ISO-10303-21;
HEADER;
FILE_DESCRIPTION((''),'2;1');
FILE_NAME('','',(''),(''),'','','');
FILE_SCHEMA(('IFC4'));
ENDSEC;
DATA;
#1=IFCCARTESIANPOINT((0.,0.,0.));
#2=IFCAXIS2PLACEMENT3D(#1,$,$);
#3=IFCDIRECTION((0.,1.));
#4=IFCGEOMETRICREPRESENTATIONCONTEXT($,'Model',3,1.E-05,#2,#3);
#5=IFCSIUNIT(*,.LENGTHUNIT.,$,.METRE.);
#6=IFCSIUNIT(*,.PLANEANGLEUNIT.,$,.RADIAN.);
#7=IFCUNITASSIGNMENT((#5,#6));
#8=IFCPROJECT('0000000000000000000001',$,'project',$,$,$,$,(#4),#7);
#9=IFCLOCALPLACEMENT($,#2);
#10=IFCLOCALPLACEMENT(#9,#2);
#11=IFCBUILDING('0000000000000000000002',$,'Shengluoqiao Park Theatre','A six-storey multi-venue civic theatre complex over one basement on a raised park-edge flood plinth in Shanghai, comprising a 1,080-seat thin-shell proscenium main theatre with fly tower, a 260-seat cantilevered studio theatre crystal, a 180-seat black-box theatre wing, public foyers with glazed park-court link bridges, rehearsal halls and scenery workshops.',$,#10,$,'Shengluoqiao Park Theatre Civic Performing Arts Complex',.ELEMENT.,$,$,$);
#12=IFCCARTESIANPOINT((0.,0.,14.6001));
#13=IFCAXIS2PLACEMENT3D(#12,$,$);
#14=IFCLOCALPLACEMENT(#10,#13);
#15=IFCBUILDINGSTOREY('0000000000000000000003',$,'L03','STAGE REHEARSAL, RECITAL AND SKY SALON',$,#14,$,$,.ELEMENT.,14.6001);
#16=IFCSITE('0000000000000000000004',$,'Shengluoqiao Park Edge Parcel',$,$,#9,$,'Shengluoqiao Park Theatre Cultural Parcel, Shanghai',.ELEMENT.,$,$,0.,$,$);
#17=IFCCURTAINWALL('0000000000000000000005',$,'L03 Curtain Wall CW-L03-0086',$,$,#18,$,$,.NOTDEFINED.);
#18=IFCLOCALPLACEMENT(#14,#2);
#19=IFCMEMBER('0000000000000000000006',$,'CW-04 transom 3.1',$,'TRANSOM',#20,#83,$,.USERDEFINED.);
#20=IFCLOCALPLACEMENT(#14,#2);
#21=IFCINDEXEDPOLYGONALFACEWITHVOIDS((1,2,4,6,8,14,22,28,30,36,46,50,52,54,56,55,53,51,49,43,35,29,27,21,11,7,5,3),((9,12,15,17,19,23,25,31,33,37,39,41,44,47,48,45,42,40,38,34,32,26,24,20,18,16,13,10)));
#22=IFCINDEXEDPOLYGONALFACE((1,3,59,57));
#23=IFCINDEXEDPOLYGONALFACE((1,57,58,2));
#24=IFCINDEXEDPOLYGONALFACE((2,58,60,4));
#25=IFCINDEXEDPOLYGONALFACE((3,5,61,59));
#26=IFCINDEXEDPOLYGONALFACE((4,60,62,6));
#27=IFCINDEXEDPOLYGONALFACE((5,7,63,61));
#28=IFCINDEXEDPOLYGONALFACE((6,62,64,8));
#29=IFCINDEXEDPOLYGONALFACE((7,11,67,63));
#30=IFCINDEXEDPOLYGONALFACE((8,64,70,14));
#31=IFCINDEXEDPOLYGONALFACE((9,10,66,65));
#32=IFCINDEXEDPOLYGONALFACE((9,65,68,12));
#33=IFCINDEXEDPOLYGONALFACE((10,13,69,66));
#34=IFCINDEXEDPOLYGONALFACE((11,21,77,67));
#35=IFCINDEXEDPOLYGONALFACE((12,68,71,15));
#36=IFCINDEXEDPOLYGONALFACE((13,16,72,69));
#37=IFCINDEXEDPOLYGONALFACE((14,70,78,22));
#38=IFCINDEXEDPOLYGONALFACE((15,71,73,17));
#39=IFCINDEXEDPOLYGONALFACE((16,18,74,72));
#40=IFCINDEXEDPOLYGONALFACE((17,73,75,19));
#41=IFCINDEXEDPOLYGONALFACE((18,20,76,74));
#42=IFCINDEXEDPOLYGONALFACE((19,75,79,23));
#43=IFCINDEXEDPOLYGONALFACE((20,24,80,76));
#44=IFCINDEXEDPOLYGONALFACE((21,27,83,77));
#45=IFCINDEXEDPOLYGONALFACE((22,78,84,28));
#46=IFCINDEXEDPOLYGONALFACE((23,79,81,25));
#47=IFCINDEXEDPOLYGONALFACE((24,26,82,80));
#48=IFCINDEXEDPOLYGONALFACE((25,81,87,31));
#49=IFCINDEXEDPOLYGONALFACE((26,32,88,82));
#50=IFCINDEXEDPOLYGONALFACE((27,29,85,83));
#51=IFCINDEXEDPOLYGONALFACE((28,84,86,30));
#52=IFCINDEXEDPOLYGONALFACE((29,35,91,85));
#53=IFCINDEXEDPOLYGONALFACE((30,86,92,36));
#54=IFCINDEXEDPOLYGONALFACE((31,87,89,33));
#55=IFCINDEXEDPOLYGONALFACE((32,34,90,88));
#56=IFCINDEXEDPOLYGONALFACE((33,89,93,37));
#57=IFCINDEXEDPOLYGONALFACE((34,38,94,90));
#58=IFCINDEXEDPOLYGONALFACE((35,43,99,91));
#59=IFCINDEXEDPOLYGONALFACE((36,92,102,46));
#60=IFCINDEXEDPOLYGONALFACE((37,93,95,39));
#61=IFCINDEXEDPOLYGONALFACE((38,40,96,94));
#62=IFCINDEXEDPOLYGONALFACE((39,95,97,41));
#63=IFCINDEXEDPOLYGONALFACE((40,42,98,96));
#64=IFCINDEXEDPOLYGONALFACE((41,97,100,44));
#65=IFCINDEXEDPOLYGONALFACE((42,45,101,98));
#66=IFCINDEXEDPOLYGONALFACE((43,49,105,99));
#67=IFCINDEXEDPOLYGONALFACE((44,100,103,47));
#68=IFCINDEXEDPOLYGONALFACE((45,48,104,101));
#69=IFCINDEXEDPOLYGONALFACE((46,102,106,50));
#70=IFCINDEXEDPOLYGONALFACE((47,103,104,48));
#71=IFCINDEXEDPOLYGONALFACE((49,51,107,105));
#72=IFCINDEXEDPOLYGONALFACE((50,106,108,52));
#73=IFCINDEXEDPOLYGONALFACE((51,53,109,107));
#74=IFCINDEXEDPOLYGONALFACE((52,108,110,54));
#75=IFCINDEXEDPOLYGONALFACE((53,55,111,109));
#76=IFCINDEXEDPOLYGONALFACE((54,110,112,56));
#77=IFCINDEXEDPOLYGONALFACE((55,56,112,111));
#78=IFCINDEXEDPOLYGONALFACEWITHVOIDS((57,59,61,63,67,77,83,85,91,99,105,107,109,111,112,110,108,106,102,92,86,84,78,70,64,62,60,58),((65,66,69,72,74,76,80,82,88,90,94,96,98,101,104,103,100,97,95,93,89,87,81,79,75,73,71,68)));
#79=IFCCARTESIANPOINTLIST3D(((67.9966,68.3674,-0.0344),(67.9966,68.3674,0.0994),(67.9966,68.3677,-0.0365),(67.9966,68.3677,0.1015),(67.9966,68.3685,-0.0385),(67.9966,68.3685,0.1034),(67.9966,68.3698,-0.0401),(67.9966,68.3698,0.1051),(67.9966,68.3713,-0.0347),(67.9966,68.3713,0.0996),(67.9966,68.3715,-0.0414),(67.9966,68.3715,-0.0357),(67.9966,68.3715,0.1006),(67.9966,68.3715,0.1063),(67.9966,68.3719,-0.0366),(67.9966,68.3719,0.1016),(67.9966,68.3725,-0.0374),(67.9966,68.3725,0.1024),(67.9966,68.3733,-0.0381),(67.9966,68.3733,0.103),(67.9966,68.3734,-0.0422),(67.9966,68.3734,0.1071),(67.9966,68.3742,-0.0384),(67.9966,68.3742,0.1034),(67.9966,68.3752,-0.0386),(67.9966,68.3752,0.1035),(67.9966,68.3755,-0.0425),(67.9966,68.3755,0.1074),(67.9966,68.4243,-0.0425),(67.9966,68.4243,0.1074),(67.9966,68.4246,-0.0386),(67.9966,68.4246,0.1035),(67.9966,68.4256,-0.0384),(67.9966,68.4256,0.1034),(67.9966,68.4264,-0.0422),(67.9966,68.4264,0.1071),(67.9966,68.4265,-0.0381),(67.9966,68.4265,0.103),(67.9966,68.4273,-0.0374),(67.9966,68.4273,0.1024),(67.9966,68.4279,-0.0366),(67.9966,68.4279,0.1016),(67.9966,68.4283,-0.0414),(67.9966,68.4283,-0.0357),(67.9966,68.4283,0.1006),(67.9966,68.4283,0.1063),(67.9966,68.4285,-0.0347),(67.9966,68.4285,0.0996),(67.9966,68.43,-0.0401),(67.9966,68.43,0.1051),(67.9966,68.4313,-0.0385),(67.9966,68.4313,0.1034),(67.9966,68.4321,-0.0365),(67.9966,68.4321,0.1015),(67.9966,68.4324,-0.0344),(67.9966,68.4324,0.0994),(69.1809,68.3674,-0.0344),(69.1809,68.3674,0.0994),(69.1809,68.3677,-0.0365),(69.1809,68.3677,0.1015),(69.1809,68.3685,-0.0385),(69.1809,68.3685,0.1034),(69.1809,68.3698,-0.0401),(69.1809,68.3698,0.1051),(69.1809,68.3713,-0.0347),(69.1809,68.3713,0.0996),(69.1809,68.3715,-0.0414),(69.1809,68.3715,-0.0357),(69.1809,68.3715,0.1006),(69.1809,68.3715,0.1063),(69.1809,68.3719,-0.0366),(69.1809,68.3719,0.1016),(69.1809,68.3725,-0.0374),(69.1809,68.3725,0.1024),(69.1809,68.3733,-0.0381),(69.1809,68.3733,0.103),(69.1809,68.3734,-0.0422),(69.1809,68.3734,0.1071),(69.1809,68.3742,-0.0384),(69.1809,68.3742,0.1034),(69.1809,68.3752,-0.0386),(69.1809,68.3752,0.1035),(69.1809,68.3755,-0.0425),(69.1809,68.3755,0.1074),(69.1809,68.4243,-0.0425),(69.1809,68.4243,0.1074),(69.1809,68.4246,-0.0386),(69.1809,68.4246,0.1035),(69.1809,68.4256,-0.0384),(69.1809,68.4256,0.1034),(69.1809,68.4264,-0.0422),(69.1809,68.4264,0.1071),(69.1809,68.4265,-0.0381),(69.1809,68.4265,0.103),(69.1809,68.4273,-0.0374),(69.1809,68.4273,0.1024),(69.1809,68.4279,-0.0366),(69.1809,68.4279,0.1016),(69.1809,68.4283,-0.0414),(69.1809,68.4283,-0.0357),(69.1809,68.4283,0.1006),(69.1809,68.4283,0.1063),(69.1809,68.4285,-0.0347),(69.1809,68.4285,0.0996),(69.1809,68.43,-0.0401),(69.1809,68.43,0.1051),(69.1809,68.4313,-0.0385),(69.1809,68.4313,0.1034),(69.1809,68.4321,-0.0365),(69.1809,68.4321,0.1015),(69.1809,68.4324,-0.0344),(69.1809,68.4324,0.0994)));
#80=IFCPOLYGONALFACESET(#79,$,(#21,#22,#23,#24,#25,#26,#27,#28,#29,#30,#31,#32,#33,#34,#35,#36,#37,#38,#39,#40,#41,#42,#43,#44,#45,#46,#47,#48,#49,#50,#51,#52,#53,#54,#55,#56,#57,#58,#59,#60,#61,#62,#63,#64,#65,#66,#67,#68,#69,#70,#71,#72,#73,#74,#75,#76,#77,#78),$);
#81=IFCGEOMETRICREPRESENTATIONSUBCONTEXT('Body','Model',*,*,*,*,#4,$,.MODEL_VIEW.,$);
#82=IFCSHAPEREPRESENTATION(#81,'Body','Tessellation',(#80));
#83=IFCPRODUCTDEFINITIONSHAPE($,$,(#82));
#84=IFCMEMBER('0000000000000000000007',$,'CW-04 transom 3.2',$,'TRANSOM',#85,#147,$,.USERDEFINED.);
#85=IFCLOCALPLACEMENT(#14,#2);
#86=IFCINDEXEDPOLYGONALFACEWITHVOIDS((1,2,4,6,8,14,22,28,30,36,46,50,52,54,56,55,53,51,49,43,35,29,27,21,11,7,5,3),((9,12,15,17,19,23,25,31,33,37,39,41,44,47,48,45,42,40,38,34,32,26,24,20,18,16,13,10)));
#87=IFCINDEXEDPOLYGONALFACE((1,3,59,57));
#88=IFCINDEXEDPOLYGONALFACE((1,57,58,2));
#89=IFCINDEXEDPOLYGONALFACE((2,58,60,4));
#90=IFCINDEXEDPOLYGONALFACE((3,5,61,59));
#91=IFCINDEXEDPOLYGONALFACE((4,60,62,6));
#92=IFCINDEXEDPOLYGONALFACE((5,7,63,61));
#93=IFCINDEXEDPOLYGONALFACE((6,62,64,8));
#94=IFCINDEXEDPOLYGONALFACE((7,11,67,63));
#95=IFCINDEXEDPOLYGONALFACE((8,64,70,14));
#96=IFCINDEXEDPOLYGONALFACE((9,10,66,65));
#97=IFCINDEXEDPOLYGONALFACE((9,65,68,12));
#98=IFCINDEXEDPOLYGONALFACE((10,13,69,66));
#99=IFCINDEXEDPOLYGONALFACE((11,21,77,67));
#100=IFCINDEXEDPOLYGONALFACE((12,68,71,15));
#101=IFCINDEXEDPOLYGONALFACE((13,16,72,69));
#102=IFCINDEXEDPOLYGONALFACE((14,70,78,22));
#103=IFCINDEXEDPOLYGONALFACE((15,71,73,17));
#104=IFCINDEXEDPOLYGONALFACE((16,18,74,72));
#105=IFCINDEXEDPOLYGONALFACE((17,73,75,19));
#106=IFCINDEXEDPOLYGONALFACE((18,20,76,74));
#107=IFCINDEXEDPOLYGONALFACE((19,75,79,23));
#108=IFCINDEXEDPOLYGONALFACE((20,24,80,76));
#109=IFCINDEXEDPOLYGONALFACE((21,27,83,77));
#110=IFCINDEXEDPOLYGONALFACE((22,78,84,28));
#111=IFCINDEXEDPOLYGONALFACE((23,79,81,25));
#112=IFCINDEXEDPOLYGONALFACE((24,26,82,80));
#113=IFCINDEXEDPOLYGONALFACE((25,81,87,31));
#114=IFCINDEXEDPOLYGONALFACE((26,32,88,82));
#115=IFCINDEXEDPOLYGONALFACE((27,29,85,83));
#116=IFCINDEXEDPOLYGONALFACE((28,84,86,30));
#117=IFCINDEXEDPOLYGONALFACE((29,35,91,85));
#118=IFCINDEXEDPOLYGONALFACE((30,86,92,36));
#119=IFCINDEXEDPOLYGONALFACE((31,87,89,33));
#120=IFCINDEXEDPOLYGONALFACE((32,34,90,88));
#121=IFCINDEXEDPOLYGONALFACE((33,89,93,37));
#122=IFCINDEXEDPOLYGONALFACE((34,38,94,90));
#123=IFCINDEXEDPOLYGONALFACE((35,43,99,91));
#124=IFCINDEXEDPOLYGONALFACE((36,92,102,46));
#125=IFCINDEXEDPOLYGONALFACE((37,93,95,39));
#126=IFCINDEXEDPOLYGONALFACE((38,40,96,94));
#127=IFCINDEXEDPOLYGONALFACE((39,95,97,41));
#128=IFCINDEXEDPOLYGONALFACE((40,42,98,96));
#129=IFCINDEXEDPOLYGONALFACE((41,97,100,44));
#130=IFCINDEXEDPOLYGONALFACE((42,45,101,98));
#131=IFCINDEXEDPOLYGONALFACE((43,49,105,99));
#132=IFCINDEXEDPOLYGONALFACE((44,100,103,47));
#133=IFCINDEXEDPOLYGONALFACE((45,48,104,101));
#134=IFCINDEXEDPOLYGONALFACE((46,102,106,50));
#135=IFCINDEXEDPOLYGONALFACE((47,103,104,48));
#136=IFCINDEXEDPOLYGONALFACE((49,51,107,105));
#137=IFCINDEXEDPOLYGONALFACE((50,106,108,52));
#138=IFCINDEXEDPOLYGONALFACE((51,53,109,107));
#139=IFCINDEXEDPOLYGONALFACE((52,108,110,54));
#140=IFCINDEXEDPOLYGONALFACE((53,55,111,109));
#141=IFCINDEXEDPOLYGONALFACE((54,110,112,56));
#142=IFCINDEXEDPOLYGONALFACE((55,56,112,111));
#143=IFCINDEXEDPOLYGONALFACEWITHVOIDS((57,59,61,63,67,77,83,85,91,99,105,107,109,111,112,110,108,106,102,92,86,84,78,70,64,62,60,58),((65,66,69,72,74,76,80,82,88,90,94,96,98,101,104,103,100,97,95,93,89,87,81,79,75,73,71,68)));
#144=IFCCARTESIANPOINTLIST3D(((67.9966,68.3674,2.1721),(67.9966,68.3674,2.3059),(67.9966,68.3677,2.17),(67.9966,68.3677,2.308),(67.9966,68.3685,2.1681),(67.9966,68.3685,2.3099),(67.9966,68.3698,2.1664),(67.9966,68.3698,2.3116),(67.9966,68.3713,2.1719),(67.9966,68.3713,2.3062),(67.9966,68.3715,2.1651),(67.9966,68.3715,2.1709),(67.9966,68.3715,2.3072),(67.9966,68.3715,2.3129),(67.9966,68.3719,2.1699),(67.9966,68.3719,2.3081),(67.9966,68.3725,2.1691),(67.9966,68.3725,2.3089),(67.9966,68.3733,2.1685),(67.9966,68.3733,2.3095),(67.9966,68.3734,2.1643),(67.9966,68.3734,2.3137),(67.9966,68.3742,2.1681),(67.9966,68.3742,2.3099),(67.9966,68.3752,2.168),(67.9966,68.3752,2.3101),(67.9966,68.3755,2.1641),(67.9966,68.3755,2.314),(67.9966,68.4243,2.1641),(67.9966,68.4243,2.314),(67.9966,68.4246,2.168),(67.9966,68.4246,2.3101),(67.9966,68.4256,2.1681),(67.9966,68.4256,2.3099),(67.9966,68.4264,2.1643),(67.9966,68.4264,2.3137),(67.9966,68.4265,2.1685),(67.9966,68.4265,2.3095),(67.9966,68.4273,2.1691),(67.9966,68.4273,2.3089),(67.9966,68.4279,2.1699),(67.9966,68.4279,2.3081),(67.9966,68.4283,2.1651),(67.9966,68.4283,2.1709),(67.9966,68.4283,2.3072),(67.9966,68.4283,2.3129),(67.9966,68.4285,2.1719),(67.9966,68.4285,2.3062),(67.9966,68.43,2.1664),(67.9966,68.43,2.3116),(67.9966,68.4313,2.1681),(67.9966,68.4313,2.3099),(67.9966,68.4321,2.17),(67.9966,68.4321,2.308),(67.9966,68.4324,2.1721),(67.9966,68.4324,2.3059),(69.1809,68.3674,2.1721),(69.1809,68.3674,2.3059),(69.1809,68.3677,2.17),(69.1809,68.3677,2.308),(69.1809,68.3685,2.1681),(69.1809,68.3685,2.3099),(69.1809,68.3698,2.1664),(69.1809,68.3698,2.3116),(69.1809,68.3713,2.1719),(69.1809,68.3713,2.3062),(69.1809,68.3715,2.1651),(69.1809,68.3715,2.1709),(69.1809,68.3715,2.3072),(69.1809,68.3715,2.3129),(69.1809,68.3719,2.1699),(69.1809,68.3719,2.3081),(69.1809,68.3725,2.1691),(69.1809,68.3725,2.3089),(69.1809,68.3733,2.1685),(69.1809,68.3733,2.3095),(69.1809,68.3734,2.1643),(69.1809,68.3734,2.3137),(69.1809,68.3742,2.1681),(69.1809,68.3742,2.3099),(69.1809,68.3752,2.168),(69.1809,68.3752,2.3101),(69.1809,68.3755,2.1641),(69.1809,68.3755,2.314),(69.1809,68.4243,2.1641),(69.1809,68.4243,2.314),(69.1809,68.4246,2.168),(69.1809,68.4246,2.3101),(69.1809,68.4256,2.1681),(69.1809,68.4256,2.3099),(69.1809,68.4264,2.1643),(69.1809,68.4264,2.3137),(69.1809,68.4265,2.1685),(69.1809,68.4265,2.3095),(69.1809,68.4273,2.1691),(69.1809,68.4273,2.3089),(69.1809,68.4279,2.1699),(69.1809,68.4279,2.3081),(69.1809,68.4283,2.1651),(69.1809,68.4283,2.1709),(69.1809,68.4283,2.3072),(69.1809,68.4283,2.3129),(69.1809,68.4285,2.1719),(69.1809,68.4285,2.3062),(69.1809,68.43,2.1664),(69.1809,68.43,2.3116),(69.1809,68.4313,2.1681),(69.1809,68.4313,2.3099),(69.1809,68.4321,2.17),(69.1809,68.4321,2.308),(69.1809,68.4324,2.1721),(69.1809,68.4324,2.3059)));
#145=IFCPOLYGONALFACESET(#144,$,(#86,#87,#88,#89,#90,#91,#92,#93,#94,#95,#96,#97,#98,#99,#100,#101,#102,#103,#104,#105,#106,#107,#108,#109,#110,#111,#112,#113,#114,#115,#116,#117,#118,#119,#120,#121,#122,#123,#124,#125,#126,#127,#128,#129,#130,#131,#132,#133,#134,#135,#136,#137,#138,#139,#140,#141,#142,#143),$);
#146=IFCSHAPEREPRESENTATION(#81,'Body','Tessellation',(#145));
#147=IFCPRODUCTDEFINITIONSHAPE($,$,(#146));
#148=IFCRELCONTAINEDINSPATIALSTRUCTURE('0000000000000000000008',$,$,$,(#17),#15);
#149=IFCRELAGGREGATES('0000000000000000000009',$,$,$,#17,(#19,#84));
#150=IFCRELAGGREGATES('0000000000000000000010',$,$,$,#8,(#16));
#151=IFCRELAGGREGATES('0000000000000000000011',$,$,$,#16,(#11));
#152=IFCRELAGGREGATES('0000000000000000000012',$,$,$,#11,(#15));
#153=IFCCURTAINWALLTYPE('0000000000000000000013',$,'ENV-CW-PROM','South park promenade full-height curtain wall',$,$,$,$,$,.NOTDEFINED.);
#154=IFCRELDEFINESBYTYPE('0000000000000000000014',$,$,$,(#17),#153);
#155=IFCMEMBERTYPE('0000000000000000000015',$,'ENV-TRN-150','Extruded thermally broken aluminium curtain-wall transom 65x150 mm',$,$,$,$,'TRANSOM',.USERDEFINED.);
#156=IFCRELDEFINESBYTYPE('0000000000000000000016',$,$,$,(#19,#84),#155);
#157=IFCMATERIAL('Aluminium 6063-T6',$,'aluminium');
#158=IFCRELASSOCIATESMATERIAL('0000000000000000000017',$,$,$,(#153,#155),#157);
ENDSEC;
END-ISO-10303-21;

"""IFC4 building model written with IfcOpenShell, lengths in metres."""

from ifc_helpers import new_model, si_unit, direction, frame, origin, origin_2d, place, context, subcontext, project, spatial, hollow_rectangle, extrude, material, material_profile, profile_set, type_object, element, aggregate, save


model = new_model("IFC4")

# Units and contexts
model_context = context("Model", 3, precision=1e-05, world=origin(), true_north=direction((0.0, 1.0)))
body_context = subcontext(model_context, "Body", "Model", "MODEL_VIEW")
ifc_project = project(units=[si_unit("LENGTHUNIT", "METRE"), si_unit("PLANEANGLEUNIT", "RADIAN")], contexts=[model_context])

# Site, building, storey
site_placement = place(None, origin())
site = spatial("IfcSite", under=ifc_project, at=site_placement, Name="Shengluoqiao Park Edge Parcel", LongName="Shengluoqiao Park Theatre Cultural Parcel, Shanghai", CompositionType="ELEMENT", RefElevation=0.0)
building_placement = place(site_placement, origin())
building = spatial("IfcBuilding", under=site, at=building_placement, Name="Shengluoqiao Park Theatre", Description="A six-storey multi-venue civic theatre complex over one basement on a raised park-edge flood plinth in Shanghai, comprising a 1,080-seat thin-shell proscenium main theatre with fly tower, a 260-seat cantilevered studio theatre crystal, a 180-seat black-box theatre wing, public foyers with glazed park-court link bridges, rehearsal halls and scenery workshops.", LongName="Shengluoqiao Park Theatre Civic Performing Arts Complex", CompositionType="ELEMENT")
storey_placement = place(building_placement, frame((0.0, 0.0, 14.6001)))
storey = spatial("IfcBuildingStorey", under=building, at=storey_placement, Name="L03", Description="STAGE REHEARSAL, RECITAL AND SKY SALON", CompositionType="ELEMENT", Elevation=14.6001)

# Shared definitions
ifc_material_1 = material(Name="Aluminium 6063-T6", Category="aluminium")
curtain_wall_type = type_object("IfcCurtainWallType", Name="ENV-CW-PROM", Description="South park promenade full-height curtain wall", PredefinedType="NOTDEFINED", material=ifc_material_1)

# Curtain wall
curtain_wall_1_placement = place(storey_placement, origin())
curtain_wall_1 = element("IfcCurtainWall", 1, at=curtain_wall_1_placement, inside=storey, type_object=curtain_wall_type, Name="L03 Curtain Wall CW-L03-0086", PredefinedType="NOTDEFINED")

# Members
ifc_material_profile_1 = material_profile(ifc_material_1, hollow_rectangle(XDim=0.0649, YDim=0.1499, WallThickness=0.0039, InnerFilletRadius=0.0039, OuterFilletRadius=0.0081, at=origin_2d()), Name="ALU TRANSOM 150x65x4")
ifc_profile_set_1 = profile_set([ifc_material_profile_1], Name="Aluminium 6063-T6")
member_type_1 = type_object("IfcMemberType", Name="ENV-TRN-150", Description="Extruded thermally broken aluminium curtain-wall transom 65x150 mm", ElementType="TRANSOM", PredefinedType="USERDEFINED", material=ifc_profile_set_1)
member_1_placement = place(storey_placement, frame((67.9966, 68.3999, 0.0325), z_axis=(1.0, 0.0, 0.0), x_axis=(0.0, 1.0, 0.0)))
member_1 = element("IfcMember", 2, at=member_1_placement, type_object=member_type_1, Name="CW-04 transom 3.1", ObjectType="TRANSOM", PredefinedType="USERDEFINED", context=body_context, shape_type="SweptSolid", body=[
    extrude(hollow_rectangle(XDim=0.0649, YDim=0.1499, WallThickness=0.0039, InnerFilletRadius=0.0039, OuterFilletRadius=0.0081, at=origin_2d()), origin(), (0.0, 0.0, 1.0), 1.1843),
])
member_2_placement = place(storey_placement, frame((67.9966, 68.3999, 2.239), z_axis=(1.0, 0.0, 0.0), x_axis=(0.0, 1.0, 0.0)))
member_2 = element("IfcMember", 3, at=member_2_placement, type_object=member_type_1, Name="CW-04 transom 3.2", ObjectType="TRANSOM", PredefinedType="USERDEFINED", context=body_context, shape_type="SweptSolid", body=[
    extrude(hollow_rectangle(XDim=0.0649, YDim=0.1499, WallThickness=0.0039, InnerFilletRadius=0.0039, OuterFilletRadius=0.0081, at=origin_2d()), origin(), (0.0, 0.0, 1.0), 1.1843),
])

aggregate(curtain_wall_1, [member_1, member_2])

save(model, "model.ifc")
